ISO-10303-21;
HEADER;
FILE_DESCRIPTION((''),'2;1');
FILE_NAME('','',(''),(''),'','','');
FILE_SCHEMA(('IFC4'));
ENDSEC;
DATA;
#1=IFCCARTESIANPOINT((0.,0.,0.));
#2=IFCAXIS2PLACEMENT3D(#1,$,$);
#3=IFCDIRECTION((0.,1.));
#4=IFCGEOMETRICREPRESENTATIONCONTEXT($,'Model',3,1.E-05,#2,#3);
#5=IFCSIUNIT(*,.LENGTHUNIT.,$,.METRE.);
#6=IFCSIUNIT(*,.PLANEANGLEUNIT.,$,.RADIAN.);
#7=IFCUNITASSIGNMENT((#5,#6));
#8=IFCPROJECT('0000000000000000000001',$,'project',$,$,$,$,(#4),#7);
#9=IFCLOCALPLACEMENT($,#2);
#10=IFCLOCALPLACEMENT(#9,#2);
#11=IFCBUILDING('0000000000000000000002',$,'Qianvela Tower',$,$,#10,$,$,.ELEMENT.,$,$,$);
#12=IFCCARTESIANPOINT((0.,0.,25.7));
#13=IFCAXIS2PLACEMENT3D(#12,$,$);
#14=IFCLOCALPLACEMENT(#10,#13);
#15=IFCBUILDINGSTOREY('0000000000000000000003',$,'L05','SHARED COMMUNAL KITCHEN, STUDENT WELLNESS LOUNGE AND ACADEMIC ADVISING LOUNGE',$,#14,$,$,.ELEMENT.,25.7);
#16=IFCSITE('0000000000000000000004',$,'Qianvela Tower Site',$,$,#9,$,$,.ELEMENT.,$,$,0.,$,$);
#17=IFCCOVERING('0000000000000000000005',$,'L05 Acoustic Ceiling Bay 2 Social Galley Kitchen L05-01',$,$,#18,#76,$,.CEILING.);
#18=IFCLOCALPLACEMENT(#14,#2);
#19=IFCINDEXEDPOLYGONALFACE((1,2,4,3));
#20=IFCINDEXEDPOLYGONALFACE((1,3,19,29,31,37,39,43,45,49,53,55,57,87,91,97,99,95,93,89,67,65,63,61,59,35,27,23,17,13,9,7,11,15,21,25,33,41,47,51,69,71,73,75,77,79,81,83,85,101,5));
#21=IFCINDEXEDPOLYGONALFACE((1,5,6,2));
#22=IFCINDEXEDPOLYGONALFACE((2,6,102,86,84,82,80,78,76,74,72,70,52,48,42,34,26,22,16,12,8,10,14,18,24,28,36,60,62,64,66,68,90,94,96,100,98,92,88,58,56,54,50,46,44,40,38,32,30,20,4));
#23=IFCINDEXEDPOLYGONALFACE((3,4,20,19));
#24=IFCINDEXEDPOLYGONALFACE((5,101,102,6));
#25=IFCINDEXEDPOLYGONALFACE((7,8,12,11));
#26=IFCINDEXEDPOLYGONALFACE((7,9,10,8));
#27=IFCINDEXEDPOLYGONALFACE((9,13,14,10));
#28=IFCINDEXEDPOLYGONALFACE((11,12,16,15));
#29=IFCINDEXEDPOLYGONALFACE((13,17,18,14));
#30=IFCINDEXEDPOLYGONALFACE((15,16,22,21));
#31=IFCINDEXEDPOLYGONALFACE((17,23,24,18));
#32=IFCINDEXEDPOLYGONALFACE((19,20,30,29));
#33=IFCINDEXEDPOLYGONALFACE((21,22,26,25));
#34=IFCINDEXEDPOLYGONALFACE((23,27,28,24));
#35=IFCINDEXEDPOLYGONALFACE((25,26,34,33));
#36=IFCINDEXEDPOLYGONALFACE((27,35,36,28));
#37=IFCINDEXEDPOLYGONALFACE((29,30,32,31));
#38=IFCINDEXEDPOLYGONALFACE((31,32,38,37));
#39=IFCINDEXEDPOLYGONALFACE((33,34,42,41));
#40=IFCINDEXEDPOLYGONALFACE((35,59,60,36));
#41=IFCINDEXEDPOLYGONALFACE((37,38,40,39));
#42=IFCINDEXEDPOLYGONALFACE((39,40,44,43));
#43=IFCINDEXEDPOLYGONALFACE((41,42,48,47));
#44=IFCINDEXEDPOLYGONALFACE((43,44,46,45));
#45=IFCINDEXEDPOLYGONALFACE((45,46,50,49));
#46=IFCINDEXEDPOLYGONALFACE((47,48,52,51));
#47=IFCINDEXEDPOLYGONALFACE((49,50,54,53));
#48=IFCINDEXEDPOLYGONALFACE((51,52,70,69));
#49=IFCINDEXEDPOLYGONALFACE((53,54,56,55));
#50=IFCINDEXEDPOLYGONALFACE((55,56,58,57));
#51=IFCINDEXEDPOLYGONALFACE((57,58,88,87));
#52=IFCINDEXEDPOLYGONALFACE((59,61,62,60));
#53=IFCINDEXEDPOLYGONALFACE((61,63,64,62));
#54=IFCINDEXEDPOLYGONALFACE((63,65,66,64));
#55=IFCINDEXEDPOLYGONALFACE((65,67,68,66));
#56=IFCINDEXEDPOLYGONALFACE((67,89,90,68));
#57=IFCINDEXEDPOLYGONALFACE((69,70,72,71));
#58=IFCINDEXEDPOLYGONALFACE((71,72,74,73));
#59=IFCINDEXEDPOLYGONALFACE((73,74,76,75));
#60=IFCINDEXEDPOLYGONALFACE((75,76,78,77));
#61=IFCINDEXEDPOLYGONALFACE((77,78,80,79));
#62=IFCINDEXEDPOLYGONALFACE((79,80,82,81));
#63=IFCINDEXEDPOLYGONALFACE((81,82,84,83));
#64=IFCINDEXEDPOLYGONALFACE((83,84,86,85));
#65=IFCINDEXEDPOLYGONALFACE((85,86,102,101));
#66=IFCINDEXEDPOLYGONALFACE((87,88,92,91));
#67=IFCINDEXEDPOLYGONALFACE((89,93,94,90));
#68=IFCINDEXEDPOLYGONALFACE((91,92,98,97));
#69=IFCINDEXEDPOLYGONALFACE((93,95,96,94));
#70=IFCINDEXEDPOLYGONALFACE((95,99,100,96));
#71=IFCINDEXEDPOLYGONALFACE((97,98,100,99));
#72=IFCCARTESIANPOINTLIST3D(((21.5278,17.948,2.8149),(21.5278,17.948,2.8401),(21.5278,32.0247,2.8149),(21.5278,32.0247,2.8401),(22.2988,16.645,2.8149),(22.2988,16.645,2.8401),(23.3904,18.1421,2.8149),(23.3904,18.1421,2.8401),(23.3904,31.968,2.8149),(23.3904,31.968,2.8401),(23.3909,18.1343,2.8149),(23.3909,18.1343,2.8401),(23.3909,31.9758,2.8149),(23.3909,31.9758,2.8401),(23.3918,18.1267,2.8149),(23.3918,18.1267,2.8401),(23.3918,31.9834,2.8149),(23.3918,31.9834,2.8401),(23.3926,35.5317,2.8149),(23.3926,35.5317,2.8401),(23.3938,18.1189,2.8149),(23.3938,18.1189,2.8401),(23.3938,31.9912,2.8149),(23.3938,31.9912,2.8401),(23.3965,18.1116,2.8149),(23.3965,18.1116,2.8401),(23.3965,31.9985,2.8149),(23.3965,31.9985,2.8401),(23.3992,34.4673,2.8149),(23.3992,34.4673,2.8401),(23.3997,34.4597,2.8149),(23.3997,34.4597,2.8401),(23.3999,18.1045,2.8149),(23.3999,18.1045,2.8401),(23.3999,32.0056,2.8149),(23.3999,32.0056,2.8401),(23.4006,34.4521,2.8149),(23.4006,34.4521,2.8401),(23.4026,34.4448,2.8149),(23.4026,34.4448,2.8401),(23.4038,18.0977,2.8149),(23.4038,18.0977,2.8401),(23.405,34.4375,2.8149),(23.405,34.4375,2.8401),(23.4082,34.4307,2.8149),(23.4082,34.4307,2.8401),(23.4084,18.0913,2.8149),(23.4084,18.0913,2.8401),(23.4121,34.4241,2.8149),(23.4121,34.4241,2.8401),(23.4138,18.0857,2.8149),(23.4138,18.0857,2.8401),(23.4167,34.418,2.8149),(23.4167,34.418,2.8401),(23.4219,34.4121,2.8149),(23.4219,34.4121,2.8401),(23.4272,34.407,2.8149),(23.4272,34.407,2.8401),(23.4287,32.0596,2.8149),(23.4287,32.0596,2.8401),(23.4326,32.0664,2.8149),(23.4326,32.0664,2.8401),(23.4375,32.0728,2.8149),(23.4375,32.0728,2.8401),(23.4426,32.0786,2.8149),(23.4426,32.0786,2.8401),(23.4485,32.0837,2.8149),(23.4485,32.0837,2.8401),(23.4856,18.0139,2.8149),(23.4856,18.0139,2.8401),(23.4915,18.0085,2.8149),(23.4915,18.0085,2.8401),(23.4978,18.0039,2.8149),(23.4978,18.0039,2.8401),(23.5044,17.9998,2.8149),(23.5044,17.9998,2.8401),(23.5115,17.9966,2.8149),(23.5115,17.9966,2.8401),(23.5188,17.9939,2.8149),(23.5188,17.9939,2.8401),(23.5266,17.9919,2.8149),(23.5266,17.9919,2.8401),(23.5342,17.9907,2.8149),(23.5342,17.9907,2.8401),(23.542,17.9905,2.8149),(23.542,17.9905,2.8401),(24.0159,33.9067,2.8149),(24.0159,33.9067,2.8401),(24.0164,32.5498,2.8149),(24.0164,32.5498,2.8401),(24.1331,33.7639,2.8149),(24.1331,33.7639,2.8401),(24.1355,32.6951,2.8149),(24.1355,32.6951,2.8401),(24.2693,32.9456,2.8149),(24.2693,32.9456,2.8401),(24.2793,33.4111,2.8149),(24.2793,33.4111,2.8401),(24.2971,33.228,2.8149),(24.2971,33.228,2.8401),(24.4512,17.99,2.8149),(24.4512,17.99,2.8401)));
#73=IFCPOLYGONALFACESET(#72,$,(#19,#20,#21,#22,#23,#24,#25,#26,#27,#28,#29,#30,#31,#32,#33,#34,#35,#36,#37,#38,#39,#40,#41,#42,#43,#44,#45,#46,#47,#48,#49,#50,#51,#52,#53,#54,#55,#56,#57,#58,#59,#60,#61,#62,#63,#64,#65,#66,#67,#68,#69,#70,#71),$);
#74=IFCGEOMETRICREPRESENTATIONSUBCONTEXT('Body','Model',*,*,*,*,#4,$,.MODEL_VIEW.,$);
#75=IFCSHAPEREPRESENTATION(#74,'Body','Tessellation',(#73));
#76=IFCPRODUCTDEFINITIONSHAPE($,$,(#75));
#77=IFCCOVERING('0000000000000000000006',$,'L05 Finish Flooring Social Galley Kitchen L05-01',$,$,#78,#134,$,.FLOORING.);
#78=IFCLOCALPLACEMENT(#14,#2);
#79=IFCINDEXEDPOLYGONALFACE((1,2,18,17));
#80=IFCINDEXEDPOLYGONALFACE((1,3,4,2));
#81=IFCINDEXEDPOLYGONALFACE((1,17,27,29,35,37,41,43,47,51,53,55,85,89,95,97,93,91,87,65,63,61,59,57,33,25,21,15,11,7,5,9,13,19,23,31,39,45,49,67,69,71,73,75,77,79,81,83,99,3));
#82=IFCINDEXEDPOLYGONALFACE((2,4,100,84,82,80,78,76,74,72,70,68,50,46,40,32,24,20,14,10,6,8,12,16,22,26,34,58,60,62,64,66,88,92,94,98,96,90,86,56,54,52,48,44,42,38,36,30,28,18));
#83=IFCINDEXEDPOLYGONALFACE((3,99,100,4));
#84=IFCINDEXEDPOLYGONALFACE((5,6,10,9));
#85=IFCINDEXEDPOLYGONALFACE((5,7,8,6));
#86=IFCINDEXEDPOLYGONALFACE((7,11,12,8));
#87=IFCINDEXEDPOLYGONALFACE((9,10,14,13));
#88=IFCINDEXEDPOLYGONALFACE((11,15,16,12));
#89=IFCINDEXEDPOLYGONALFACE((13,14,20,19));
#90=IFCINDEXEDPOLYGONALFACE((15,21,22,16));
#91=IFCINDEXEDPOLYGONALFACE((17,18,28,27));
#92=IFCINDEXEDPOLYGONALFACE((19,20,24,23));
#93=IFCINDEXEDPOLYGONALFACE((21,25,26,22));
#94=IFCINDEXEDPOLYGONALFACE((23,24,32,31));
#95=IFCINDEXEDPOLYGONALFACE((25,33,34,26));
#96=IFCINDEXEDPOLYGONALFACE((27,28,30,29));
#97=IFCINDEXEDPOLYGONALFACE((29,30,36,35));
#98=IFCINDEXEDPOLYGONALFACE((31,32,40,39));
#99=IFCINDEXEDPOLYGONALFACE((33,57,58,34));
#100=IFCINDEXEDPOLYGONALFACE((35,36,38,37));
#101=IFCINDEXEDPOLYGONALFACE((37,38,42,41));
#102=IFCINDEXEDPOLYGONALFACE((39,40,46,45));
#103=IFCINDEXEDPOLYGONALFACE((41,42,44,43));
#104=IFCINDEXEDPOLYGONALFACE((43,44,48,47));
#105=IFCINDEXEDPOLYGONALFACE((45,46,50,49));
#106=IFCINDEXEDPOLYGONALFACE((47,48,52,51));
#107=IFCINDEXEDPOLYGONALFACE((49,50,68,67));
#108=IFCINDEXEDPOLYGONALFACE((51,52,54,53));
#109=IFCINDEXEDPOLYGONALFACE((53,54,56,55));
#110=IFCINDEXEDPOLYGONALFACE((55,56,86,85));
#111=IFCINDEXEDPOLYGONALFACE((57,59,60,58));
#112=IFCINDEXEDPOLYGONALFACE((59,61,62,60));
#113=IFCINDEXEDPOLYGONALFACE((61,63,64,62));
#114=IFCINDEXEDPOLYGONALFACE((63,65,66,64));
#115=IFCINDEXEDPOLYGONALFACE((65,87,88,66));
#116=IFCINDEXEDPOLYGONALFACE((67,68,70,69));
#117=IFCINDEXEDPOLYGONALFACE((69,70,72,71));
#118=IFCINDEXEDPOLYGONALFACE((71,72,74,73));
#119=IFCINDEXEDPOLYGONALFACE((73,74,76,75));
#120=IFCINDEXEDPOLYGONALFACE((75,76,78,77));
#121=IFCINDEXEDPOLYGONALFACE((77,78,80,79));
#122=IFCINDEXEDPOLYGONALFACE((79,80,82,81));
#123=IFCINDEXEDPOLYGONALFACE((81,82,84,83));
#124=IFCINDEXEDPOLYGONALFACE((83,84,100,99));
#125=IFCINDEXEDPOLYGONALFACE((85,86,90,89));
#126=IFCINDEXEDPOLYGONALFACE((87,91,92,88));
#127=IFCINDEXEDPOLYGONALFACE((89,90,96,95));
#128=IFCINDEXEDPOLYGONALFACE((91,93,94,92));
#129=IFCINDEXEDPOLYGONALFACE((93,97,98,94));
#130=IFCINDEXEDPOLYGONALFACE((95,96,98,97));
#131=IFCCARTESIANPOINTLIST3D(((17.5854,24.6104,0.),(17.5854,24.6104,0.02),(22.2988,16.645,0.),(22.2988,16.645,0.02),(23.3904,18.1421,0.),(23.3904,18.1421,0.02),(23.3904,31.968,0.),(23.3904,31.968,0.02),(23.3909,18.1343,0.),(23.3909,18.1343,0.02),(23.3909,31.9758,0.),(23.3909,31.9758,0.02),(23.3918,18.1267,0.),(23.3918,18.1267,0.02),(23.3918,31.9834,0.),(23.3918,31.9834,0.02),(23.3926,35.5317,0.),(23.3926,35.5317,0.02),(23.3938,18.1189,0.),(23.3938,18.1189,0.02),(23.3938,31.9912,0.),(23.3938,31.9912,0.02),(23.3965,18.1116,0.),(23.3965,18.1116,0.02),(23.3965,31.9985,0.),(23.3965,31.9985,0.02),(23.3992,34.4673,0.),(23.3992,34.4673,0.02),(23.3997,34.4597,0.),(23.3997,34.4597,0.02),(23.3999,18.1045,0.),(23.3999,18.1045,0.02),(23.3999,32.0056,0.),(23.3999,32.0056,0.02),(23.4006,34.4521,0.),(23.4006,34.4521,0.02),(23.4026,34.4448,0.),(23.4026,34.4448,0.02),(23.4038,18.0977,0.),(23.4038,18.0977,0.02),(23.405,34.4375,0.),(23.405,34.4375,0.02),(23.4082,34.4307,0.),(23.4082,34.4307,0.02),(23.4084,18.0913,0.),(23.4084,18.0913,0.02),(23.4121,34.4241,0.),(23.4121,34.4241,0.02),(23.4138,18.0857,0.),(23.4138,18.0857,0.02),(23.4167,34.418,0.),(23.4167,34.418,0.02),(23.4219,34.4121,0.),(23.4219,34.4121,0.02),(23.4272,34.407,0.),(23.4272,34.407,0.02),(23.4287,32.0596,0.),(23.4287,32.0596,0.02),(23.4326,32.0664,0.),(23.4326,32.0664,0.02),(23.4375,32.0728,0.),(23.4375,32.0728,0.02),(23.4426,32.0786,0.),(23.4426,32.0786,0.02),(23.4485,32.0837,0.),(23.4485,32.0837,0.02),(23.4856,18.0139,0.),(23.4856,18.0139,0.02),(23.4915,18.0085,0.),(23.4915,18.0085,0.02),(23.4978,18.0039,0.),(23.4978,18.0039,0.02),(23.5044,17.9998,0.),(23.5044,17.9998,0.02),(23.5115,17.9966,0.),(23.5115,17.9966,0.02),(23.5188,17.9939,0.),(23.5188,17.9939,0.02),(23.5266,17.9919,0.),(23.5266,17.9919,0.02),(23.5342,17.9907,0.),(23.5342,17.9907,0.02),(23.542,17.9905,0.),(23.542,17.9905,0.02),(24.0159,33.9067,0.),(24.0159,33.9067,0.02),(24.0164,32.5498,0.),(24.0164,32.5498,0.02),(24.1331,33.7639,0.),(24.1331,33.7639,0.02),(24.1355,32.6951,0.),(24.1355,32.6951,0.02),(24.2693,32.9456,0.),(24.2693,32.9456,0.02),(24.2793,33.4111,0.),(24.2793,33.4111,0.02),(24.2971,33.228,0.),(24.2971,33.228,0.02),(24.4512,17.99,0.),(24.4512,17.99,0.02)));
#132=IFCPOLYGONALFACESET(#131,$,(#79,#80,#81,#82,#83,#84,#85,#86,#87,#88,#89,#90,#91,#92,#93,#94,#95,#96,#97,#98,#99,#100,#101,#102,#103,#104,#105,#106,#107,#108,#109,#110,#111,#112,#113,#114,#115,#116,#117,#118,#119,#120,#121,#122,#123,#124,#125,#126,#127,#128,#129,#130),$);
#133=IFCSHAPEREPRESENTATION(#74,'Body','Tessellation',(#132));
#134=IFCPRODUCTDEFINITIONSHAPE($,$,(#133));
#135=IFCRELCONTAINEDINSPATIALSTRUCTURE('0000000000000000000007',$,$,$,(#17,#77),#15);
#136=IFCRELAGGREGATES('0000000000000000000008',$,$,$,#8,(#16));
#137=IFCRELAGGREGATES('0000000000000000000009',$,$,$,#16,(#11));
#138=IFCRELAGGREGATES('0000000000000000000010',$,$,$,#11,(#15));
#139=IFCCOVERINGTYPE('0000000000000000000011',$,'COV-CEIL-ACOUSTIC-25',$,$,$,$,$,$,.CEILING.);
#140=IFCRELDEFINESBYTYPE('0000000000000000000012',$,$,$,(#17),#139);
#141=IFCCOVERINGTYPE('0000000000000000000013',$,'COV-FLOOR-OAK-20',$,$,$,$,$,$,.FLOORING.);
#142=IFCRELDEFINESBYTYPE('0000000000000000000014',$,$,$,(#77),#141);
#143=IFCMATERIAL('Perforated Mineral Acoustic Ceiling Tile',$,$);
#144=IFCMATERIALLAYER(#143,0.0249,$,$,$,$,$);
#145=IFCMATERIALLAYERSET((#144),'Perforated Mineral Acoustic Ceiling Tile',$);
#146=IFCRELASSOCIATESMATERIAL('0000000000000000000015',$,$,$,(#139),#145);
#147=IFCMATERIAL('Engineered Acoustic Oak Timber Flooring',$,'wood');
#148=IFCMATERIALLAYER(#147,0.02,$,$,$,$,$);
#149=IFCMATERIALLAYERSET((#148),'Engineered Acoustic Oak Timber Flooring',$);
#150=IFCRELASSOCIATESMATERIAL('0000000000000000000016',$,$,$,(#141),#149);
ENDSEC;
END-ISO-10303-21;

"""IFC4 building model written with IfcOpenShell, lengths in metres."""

from ifc_helpers import new_model, si_unit, direction, frame, origin, place, context, subcontext, project, spatial, polyline, outline, extrude, material, layer, layer_set, type_object, element, save


model = new_model("IFC4")

# Units and contexts
model_context = context("Model", 3, precision=1e-05, world=origin(), true_north=direction((0.0, 1.0)))
body_context = subcontext(model_context, "Body", "Model", "MODEL_VIEW")
ifc_project = project(units=[si_unit("LENGTHUNIT", "METRE"), si_unit("PLANEANGLEUNIT", "RADIAN")], contexts=[model_context])

# Site, building, storey
site_placement = place(None, origin())
site = spatial("IfcSite", under=ifc_project, at=site_placement, Name="Qianvela Tower Site", CompositionType="ELEMENT", RefElevation=0.0)
building_placement = place(site_placement, origin())
building = spatial("IfcBuilding", under=site, at=building_placement, Name="Qianvela Tower", CompositionType="ELEMENT")
storey_placement = place(building_placement, frame((0.0, 0.0, 25.7)))
storey = spatial("IfcBuildingStorey", under=building, at=storey_placement, Name="L05", Description="SHARED COMMUNAL KITCHEN, STUDENT WELLNESS LOUNGE AND ACADEMIC ADVISING LOUNGE", CompositionType="ELEMENT", Elevation=25.7)

# Coverings
ifc_material_1 = material(Name="Perforated Mineral Acoustic Ceiling Tile")
ifc_layer_1 = layer(ifc_material_1, 0.0249)
ifc_layer_set_1 = layer_set([ifc_layer_1], Name="Perforated Mineral Acoustic Ceiling Tile")
covering_type_1 = type_object("IfcCoveringType", Name="COV-CEIL-ACOUSTIC-25", PredefinedType="CEILING", material=ifc_layer_set_1)
covering_1_placement = place(storey_placement, frame((0.0, 0.0, 2.8149)))
element("IfcCovering", 1, at=covering_1_placement, inside=storey, type_object=covering_type_1, Name="L05 Acoustic Ceiling Bay 2 Social Galley Kitchen L05-01", PredefinedType="CEILING", context=body_context, shape_type="SweptSolid", body=[
    extrude(outline(polyline([(23.3992, 34.4673), (23.3997, 34.4597), (23.4006, 34.4521), (23.4026, 34.4448), (23.405, 34.4375), (23.4082, 34.4307), (23.4121, 34.4241), (23.4167, 34.418), (23.4219, 34.4121), (23.4272, 34.407), (24.0159, 33.9067), (24.1331, 33.7639), (24.2793, 33.4111), (24.2971, 33.228), (24.2693, 32.9456), (24.1355, 32.6951), (24.0164, 32.5498), (23.4485, 32.0837), (23.4426, 32.0786), (23.4375, 32.0728), (23.4326, 32.0664), (23.4287, 32.0596), (23.3999, 32.0056), (23.3965, 31.9985), (23.3938, 31.9912), (23.3918, 31.9834), (23.3909, 31.9758), (23.3904, 31.968), (23.3904, 18.1421), (23.3909, 18.1343), (23.3918, 18.1267), (23.3938, 18.1189), (23.3965, 18.1116), (23.3999, 18.1045), (23.4038, 18.0977), (23.4084, 18.0913), (23.4138, 18.0857), (23.4856, 18.0139), (23.4915, 18.0085), (23.4978, 18.0039), (23.5044, 17.9998), (23.5115, 17.9966), (23.5188, 17.9939), (23.5266, 17.9919), (23.5342, 17.9907), (23.542, 17.9905), (24.4512, 17.99), (22.2988, 16.645), (21.5278, 17.948), (21.5278, 32.0247), (23.3926, 35.5317), (23.3992, 34.4673)])), origin(), (0.0, 0.0, 1.0), 0.0251),
])
ifc_material_2 = material(Name="Engineered Acoustic Oak Timber Flooring", Category="wood")
ifc_layer_2 = layer(ifc_material_2, 0.02)
ifc_layer_set_2 = layer_set([ifc_layer_2], Name="Engineered Acoustic Oak Timber Flooring")
covering_type_2 = type_object("IfcCoveringType", Name="COV-FLOOR-OAK-20", PredefinedType="FLOORING", material=ifc_layer_set_2)
covering_2_placement = place(storey_placement, origin())
element("IfcCovering", 2, at=covering_2_placement, inside=storey, type_object=covering_type_2, Name="L05 Finish Flooring Social Galley Kitchen L05-01", PredefinedType="FLOORING", context=body_context, shape_type="SweptSolid", body=[
    extrude(outline(polyline([(23.3926, 35.5317), (23.3992, 34.4673), (23.3997, 34.4597), (23.4006, 34.4521), (23.4026, 34.4448), (23.405, 34.4375), (23.4082, 34.4307), (23.4121, 34.4241), (23.4167, 34.418), (23.4219, 34.4121), (23.4272, 34.407), (24.0159, 33.9067), (24.1331, 33.7639), (24.2793, 33.4111), (24.2971, 33.228), (24.2693, 32.9456), (24.1355, 32.6951), (24.0164, 32.5498), (23.4485, 32.0837), (23.4426, 32.0786), (23.4375, 32.0728), (23.4326, 32.0664), (23.4287, 32.0596), (23.3999, 32.0056), (23.3965, 31.9985), (23.3938, 31.9912), (23.3918, 31.9834), (23.3909, 31.9758), (23.3904, 31.968), (23.3904, 18.1421), (23.3909, 18.1343), (23.3918, 18.1267), (23.3938, 18.1189), (23.3965, 18.1116), (23.3999, 18.1045), (23.4038, 18.0977), (23.4084, 18.0913), (23.4138, 18.0857), (23.4856, 18.0139), (23.4915, 18.0085), (23.4978, 18.0039), (23.5044, 17.9998), (23.5115, 17.9966), (23.5188, 17.9939), (23.5266, 17.9919), (23.5342, 17.9907), (23.542, 17.9905), (24.4512, 17.99), (22.2988, 16.645), (17.5854, 24.6104), (23.3926, 35.5317)])), origin(), (0.0, 0.0, 1.0), 0.02),
])

save(model, "model.ifc")
